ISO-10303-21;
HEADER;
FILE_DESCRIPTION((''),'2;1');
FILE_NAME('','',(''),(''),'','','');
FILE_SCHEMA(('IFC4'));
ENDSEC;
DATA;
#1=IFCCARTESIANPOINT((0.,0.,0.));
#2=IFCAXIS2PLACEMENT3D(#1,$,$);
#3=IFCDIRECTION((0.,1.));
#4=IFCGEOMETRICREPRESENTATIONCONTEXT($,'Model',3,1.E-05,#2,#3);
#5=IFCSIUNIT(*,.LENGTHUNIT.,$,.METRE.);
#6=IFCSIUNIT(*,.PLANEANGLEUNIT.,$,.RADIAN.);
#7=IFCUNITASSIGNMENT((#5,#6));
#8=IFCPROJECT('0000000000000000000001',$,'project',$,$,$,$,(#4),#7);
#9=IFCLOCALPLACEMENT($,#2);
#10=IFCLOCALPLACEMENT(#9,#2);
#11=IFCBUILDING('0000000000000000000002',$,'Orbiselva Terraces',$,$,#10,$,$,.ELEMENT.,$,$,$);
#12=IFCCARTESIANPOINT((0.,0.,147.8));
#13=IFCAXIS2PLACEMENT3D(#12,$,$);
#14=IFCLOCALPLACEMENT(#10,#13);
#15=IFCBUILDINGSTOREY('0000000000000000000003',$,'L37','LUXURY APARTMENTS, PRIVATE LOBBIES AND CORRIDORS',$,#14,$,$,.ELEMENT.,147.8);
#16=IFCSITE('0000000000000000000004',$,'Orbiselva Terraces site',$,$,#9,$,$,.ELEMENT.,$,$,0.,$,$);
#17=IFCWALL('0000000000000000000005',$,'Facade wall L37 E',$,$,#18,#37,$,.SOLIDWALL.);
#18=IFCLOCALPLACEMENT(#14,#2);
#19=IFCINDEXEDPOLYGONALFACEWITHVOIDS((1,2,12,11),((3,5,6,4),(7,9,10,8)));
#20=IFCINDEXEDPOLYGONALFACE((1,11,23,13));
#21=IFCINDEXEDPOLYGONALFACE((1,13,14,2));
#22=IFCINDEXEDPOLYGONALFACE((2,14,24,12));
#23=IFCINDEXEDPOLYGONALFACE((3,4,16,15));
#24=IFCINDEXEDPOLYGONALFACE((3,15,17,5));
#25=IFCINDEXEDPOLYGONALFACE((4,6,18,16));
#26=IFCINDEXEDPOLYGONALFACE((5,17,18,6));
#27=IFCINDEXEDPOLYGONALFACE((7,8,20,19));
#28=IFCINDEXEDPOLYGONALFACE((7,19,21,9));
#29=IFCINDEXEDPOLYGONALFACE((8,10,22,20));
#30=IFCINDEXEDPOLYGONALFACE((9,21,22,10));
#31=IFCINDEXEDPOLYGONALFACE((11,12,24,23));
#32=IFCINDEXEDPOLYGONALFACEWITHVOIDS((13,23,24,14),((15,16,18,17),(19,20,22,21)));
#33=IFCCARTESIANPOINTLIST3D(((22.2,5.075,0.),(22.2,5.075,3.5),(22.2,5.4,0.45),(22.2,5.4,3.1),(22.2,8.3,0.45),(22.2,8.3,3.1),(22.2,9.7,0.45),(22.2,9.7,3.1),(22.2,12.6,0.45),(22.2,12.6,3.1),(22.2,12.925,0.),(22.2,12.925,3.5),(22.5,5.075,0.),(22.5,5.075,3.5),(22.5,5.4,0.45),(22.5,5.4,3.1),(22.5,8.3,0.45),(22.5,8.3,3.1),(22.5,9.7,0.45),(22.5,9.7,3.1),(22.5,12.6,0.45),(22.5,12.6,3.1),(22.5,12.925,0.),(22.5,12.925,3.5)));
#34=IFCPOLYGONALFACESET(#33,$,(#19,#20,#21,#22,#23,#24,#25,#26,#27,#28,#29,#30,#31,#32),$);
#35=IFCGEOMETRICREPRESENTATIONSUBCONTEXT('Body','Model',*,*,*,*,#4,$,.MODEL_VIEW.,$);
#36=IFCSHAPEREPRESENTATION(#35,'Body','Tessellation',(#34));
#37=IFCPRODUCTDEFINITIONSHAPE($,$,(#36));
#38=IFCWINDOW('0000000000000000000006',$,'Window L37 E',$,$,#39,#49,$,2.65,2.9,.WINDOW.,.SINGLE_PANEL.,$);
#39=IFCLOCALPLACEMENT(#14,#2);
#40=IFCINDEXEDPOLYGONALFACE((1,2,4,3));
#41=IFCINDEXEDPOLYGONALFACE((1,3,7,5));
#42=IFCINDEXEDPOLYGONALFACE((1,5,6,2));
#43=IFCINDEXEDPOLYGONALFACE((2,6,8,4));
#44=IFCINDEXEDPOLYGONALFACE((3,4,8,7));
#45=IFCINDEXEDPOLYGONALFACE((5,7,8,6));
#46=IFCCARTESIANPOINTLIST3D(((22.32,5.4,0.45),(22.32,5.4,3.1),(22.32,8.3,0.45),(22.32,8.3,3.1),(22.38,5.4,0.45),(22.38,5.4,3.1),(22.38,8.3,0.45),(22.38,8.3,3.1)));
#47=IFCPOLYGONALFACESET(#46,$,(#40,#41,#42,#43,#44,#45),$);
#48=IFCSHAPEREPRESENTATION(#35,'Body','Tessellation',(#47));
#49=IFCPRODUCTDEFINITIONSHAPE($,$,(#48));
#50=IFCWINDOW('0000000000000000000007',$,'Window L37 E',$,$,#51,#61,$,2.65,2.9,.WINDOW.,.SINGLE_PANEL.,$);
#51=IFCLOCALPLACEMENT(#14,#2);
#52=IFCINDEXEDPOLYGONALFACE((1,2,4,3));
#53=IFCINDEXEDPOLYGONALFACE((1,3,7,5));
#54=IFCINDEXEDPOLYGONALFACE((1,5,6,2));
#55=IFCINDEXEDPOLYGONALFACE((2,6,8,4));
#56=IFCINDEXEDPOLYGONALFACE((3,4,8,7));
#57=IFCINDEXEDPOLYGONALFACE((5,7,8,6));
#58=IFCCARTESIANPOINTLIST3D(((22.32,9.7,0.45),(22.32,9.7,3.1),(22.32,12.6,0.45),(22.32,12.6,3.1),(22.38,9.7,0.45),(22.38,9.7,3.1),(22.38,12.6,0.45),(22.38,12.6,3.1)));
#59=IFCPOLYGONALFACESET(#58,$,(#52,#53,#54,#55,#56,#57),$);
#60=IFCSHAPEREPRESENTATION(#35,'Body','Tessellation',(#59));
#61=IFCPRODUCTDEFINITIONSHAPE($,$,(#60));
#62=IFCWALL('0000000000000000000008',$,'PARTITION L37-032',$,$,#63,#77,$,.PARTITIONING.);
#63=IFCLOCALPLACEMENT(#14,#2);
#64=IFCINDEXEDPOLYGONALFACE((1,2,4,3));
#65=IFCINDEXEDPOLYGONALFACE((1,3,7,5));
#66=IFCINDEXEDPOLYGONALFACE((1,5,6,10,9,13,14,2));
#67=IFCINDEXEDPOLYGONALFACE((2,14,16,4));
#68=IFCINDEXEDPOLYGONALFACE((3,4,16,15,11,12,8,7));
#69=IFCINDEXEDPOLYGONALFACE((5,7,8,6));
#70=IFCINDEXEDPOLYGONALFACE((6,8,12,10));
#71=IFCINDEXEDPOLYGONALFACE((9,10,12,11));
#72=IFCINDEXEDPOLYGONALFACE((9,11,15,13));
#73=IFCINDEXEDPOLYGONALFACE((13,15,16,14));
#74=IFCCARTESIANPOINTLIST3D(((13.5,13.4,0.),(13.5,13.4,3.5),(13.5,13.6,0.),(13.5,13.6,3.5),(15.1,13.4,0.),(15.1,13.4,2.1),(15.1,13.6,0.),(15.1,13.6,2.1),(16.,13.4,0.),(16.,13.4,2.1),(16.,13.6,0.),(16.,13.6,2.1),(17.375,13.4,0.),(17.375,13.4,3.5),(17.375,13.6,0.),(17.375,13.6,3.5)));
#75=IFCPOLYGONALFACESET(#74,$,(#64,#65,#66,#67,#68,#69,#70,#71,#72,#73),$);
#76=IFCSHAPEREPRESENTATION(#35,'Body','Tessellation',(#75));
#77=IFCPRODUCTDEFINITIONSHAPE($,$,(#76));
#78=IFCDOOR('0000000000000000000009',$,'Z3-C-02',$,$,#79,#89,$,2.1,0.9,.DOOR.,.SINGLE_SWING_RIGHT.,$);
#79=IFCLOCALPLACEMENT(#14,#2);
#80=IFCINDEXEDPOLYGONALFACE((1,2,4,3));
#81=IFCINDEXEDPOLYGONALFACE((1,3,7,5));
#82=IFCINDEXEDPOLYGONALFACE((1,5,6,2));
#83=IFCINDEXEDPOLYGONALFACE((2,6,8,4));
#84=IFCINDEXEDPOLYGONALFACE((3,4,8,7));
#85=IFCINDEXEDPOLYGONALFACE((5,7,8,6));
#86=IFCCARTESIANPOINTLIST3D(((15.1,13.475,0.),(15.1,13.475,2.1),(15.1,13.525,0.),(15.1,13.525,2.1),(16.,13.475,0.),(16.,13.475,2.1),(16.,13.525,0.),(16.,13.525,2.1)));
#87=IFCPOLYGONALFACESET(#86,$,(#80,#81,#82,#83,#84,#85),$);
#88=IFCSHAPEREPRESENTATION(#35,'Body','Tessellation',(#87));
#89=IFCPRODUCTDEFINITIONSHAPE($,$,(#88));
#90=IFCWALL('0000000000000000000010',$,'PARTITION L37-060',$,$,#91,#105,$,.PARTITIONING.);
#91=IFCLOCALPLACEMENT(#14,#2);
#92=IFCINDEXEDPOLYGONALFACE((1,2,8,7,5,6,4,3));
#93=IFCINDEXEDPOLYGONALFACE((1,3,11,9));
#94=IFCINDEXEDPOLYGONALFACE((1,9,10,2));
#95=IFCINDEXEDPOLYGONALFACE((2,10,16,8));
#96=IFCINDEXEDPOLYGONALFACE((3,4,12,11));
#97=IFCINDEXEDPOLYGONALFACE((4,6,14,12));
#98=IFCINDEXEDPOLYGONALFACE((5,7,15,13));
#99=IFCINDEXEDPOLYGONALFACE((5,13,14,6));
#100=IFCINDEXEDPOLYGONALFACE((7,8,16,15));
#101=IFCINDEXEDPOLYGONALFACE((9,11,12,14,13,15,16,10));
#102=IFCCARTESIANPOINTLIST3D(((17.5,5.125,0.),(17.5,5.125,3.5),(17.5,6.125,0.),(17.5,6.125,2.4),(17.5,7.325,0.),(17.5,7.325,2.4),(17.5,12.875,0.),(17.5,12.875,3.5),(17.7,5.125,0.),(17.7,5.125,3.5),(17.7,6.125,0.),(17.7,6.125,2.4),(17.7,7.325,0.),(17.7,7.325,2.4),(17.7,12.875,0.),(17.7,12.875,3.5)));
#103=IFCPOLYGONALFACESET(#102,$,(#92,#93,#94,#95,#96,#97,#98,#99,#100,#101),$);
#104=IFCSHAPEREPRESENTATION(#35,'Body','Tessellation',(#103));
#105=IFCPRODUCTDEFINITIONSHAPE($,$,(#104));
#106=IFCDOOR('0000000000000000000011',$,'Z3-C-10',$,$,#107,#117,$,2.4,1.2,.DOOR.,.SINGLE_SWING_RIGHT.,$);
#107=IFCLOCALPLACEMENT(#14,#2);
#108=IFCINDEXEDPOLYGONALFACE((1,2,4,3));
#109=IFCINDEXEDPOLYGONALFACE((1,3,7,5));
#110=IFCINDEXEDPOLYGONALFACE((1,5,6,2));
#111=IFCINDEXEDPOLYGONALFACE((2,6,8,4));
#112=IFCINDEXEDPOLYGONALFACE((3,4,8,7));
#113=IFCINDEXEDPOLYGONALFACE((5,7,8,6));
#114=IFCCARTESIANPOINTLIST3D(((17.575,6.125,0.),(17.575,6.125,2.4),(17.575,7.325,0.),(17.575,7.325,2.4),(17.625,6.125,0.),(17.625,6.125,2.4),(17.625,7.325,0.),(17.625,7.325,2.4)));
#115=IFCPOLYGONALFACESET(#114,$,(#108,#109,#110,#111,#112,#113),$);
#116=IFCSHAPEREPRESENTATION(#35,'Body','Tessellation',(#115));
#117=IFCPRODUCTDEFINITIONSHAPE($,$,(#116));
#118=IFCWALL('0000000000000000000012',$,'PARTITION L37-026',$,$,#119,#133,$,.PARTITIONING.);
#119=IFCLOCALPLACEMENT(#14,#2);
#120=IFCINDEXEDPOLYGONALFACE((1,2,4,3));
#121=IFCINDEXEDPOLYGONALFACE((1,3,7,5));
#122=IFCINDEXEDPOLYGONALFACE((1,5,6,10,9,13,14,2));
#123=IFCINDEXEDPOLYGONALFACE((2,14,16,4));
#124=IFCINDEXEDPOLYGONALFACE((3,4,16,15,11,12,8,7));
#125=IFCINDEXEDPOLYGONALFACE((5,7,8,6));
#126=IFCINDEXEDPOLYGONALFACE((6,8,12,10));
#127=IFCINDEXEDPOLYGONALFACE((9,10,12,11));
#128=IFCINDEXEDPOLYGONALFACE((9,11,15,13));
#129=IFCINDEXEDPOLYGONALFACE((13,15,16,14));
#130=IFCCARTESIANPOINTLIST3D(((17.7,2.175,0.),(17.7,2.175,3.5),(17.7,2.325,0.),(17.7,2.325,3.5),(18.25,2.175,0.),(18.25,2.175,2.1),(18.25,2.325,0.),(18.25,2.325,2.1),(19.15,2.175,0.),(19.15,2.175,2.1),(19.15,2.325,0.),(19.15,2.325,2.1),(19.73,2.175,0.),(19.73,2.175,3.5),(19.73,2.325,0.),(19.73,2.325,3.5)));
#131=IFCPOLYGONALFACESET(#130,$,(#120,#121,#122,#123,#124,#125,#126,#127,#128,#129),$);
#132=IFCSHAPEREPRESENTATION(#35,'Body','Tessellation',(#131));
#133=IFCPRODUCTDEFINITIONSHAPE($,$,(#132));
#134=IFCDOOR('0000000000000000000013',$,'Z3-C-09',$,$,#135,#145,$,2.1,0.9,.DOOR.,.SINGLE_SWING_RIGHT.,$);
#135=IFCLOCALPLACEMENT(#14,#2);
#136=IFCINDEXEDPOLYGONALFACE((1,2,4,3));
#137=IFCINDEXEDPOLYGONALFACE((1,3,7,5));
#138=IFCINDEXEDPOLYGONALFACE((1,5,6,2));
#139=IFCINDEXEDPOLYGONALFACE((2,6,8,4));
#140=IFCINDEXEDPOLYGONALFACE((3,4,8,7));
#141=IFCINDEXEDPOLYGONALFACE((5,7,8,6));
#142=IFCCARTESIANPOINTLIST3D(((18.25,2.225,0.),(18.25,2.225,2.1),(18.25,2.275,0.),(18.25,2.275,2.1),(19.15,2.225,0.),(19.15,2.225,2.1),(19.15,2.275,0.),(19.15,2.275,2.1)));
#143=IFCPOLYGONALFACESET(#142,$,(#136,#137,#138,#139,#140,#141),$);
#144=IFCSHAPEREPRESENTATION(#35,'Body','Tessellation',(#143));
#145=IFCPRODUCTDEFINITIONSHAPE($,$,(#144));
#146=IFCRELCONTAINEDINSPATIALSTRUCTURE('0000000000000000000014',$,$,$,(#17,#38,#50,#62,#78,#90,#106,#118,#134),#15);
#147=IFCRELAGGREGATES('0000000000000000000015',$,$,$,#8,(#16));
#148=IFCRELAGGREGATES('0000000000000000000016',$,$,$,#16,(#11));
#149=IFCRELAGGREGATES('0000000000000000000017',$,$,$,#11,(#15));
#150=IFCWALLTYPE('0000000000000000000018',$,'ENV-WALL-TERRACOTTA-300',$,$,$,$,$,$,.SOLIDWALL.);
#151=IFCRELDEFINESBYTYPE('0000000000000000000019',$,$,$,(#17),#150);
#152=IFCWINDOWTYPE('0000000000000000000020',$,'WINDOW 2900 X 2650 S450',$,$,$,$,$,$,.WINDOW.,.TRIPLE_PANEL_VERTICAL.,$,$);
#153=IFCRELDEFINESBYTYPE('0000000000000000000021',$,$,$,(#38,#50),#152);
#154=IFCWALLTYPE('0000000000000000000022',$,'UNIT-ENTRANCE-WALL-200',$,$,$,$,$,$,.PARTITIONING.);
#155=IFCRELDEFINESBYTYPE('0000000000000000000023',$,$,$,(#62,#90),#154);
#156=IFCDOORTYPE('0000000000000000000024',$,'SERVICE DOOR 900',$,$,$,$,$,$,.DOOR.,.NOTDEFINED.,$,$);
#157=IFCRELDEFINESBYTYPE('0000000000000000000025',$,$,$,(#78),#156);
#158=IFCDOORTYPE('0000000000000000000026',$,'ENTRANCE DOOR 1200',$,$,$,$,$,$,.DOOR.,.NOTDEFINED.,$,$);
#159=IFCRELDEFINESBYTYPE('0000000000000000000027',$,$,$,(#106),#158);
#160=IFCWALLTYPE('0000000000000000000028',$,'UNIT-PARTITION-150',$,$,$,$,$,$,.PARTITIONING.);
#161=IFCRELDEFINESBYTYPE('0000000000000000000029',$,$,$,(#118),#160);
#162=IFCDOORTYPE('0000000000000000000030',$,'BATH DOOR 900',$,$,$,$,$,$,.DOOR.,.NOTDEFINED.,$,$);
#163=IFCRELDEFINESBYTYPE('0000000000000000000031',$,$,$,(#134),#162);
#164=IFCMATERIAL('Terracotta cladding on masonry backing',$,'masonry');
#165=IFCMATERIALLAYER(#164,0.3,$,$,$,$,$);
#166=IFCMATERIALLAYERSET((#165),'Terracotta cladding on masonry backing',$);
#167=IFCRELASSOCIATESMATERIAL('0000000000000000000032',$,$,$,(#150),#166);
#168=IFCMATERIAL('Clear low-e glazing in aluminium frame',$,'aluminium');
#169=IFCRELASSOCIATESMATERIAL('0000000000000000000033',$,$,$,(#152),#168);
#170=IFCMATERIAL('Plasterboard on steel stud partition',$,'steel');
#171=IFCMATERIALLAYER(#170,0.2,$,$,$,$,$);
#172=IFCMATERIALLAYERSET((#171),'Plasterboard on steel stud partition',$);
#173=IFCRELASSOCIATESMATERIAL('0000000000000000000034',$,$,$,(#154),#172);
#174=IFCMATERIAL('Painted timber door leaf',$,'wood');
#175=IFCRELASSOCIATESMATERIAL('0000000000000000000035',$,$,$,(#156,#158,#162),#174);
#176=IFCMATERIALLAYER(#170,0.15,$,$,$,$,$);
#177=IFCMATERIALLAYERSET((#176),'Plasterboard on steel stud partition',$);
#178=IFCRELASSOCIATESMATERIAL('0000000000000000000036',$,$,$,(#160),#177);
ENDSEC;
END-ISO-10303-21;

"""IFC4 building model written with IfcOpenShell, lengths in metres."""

from ifc_helpers import new_model, si_unit, direction, frame, frame_2d, origin, place, context, subcontext, project, spatial, rectangle, extrude, material, layer, layer_set, type_object, element, fill, save


model = new_model("IFC4")

# Units and contexts
model_context = context("Model", 3, precision=1e-05, world=origin(), true_north=direction((0.0, 1.0)))
body_context = subcontext(model_context, "Body", "Model", "MODEL_VIEW")
ifc_project = project(units=[si_unit("LENGTHUNIT", "METRE"), si_unit("PLANEANGLEUNIT", "RADIAN")], contexts=[model_context])

# Site, building, storey
site_placement = place(None, origin())
site = spatial("IfcSite", under=ifc_project, at=site_placement, Name="Orbiselva Terraces site", CompositionType="ELEMENT", RefElevation=0.0)
building_placement = place(site_placement, origin())
building = spatial("IfcBuilding", under=site, at=building_placement, Name="Orbiselva Terraces", CompositionType="ELEMENT")
storey_placement = place(building_placement, frame((0.0, 0.0, 147.8)))
storey = spatial("IfcBuildingStorey", under=building, at=storey_placement, Name="L37", Description="LUXURY APARTMENTS, PRIVATE LOBBIES AND CORRIDORS", CompositionType="ELEMENT", Elevation=147.8)

# Shared definitions
ifc_material_1 = material(Name="Terracotta cladding on masonry backing", Category="masonry")
ifc_layer_1 = layer(ifc_material_1, 0.3)
ifc_layer_set_1 = layer_set([ifc_layer_1], Name="Terracotta cladding on masonry backing")
wall_type_1 = type_object("IfcWallType", Name="ENV-WALL-TERRACOTTA-300", PredefinedType="SOLIDWALL", material=ifc_layer_set_1)
ifc_material_2 = material(Name="Clear low-e glazing in aluminium frame", Category="aluminium")
window_type = type_object("IfcWindowType", Name="WINDOW 2900 X 2650 S450", PartitioningType="TRIPLE_PANEL_VERTICAL", PredefinedType="WINDOW", material=ifc_material_2)

# Wall, openings, windows
wall_1_placement = place(storey_placement, frame((22.35, 12.925, 0.0), z_axis=(0.0, 0.0, 1.0), x_axis=(0.0, -1.0, 0.0)))
wall_1 = element("IfcWall", 1, at=wall_1_placement, inside=storey, type_object=wall_type_1, Name="Facade wall L37 E", PredefinedType="SOLIDWALL", context=body_context, shape_type="SweptSolid", body=[
    extrude(rectangle(XDim=7.85, YDim=0.3, at=frame_2d((3.925, 0.0))), origin(), (0.0, 0.0, 1.0), 3.5),
])
opening_1_placement = place(wall_1_placement, frame((4.625, 0.0, 0.45)))
opening_1 = element("IfcOpeningElement", 2, at=opening_1_placement, cuts=wall_1, PredefinedType="OPENING", context=body_context, shape_type="SweptSolid", body=[
    extrude(rectangle(XDim=2.9, YDim=2.65, at=frame_2d((1.45, 1.325))), frame((0.0, 0.16, 0.0), z_axis=(0.0, -1.0, 0.0), x_axis=(1.0, 0.0, 0.0)), (0.0, 0.0, 1.0), 0.32),
])
opening_2_placement = place(wall_1_placement, frame((0.325, 0.0, 0.45)))
opening_2 = element("IfcOpeningElement", 3, at=opening_2_placement, cuts=wall_1, PredefinedType="OPENING", context=body_context, shape_type="SweptSolid", body=[
    extrude(rectangle(XDim=2.9, YDim=2.65, at=frame_2d((1.45, 1.325))), frame((0.0, 0.16, 0.0), z_axis=(0.0, -1.0, 0.0), x_axis=(1.0, 0.0, 0.0)), (0.0, 0.0, 1.0), 0.32),
])
window_1_placement = place(opening_1_placement, origin())
window_1 = element("IfcWindow", 4, at=window_1_placement, inside=storey, type_object=window_type, Name="Window L37 E", OverallHeight=2.65, OverallWidth=2.9, PartitioningType="SINGLE_PANEL", PredefinedType="WINDOW", context=body_context, shape_type="SweptSolid", body=[
    extrude(rectangle(XDim=2.9, YDim=2.65, at=frame_2d((1.45, 1.325))), frame((0.0, 0.03, 0.0), z_axis=(0.0, -1.0, 0.0), x_axis=(1.0, 0.0, 0.0)), (0.0, 0.0, 1.0), 0.06),
])
fill(opening_1, window_1)
window_2_placement = place(opening_2_placement, origin())
window_2 = element("IfcWindow", 5, at=window_2_placement, inside=storey, type_object=window_type, Name="Window L37 E", OverallHeight=2.65, OverallWidth=2.9, PartitioningType="SINGLE_PANEL", PredefinedType="WINDOW", context=body_context, shape_type="SweptSolid", body=[
    extrude(rectangle(XDim=2.9, YDim=2.65, at=frame_2d((1.45, 1.325))), frame((0.0, 0.03, 0.0), z_axis=(0.0, -1.0, 0.0), x_axis=(1.0, 0.0, 0.0)), (0.0, 0.0, 1.0), 0.06),
])
fill(opening_2, window_2)

# Walls, openings, doors
ifc_material_3 = material(Name="Plasterboard on steel stud partition", Category="steel")
ifc_layer_2 = layer(ifc_material_3, 0.2)
ifc_layer_set_2 = layer_set([ifc_layer_2], Name="Plasterboard on steel stud partition")
wall_type_2 = type_object("IfcWallType", Name="UNIT-ENTRANCE-WALL-200", PredefinedType="PARTITIONING", material=ifc_layer_set_2)
wall_2_placement = place(storey_placement, frame((13.5, 13.5, 0.0), z_axis=(0.0, 0.0, 1.0), x_axis=(1.0, 0.0, 0.0)))
wall_2 = element("IfcWall", 6, at=wall_2_placement, inside=storey, type_object=wall_type_2, Name="PARTITION L37-032", PredefinedType="PARTITIONING", context=body_context, shape_type="SweptSolid", body=[
    extrude(rectangle(XDim=3.875, YDim=0.2, at=frame_2d((1.9375, 0.0))), origin(), (0.0, 0.0, 1.0), 3.5),
])
opening_3_placement = place(wall_2_placement, frame((1.6, 0.0, 0.0)))
opening_3 = element("IfcOpeningElement", 7, at=opening_3_placement, cuts=wall_2, PredefinedType="OPENING", context=body_context, shape_type="SweptSolid", body=[
    extrude(rectangle(XDim=0.9, YDim=2.1, at=frame_2d((0.45, 1.05))), frame((0.0, 0.11, 0.0), z_axis=(0.0, -1.0, 0.0), x_axis=(1.0, 0.0, 0.0)), (0.0, 0.0, 1.0), 0.22),
])
ifc_material_4 = material(Name="Painted timber door leaf", Category="wood")
door_type_1 = type_object("IfcDoorType", Name="SERVICE DOOR 900", OperationType="NOTDEFINED", PredefinedType="DOOR", material=ifc_material_4)
door_1_placement = place(opening_3_placement, origin())
door_1 = element("IfcDoor", 8, at=door_1_placement, inside=storey, type_object=door_type_1, Name="Z3-C-02", OperationType="SINGLE_SWING_RIGHT", OverallHeight=2.1, OverallWidth=0.9, PredefinedType="DOOR", context=body_context, shape_type="SweptSolid", body=[
    extrude(rectangle(XDim=0.9, YDim=2.1, at=frame_2d((0.45, 1.05))), frame((0.0, 0.025, 0.0), z_axis=(0.0, -1.0, 0.0), x_axis=(1.0, 0.0, 0.0)), (0.0, 0.0, 1.0), 0.05),
])
fill(opening_3, door_1)
wall_3_placement = place(storey_placement, frame((17.6, 12.875, 0.0), z_axis=(0.0, 0.0, 1.0), x_axis=(0.0, -1.0, 0.0)))
wall_3 = element("IfcWall", 9, at=wall_3_placement, inside=storey, type_object=wall_type_2, Name="PARTITION L37-060", PredefinedType="PARTITIONING", context=body_context, shape_type="SweptSolid", body=[
    extrude(rectangle(XDim=7.75, YDim=0.2, at=frame_2d((3.875, 0.0))), origin(), (0.0, 0.0, 1.0), 3.5),
])
opening_4_placement = place(wall_3_placement, frame((5.55, 0.0, 0.0)))
opening_4 = element("IfcOpeningElement", 10, at=opening_4_placement, cuts=wall_3, PredefinedType="OPENING", context=body_context, shape_type="SweptSolid", body=[
    extrude(rectangle(XDim=1.2, YDim=2.4, at=frame_2d((0.6, 1.2))), frame((0.0, 0.11, 0.0), z_axis=(0.0, -1.0, 0.0), x_axis=(1.0, 0.0, 0.0)), (0.0, 0.0, 1.0), 0.22),
])
door_type_2 = type_object("IfcDoorType", Name="ENTRANCE DOOR 1200", OperationType="NOTDEFINED", PredefinedType="DOOR", material=ifc_material_4)
door_2_placement = place(opening_4_placement, origin())
door_2 = element("IfcDoor", 11, at=door_2_placement, inside=storey, type_object=door_type_2, Name="Z3-C-10", OperationType="SINGLE_SWING_RIGHT", OverallHeight=2.4, OverallWidth=1.2, PredefinedType="DOOR", context=body_context, shape_type="SweptSolid", body=[
    extrude(rectangle(XDim=1.2, YDim=2.4, at=frame_2d((0.6, 1.2))), frame((0.0, 0.025, 0.0), z_axis=(0.0, -1.0, 0.0), x_axis=(1.0, 0.0, 0.0)), (0.0, 0.0, 1.0), 0.05),
])
fill(opening_4, door_2)
ifc_layer_3 = layer(ifc_material_3, 0.15)
ifc_layer_set_3 = layer_set([ifc_layer_3], Name="Plasterboard on steel stud partition")
wall_type_3 = type_object("IfcWallType", Name="UNIT-PARTITION-150", PredefinedType="PARTITIONING", material=ifc_layer_set_3)
wall_4_placement = place(storey_placement, frame((19.73, 2.25, 0.0), z_axis=(0.0, 0.0, 1.0), x_axis=(-1.0, 0.0, 0.0)))
wall_4 = element("IfcWall", 12, at=wall_4_placement, inside=storey, type_object=wall_type_3, Name="PARTITION L37-026", PredefinedType="PARTITIONING", context=body_context, shape_type="SweptSolid", body=[
    extrude(rectangle(XDim=2.03, YDim=0.15, at=frame_2d((1.015, 0.0))), origin(), (0.0, 0.0, 1.0), 3.5),
])
opening_5_placement = place(wall_4_placement, frame((0.58, 0.0, 0.0)))
opening_5 = element("IfcOpeningElement", 13, at=opening_5_placement, cuts=wall_4, PredefinedType="OPENING", context=body_context, shape_type="SweptSolid", body=[
    extrude(rectangle(XDim=0.9, YDim=2.1, at=frame_2d((0.45, 1.05))), frame((0.0, 0.085, 0.0), z_axis=(0.0, -1.0, 0.0), x_axis=(1.0, 0.0, 0.0)), (0.0, 0.0, 1.0), 0.17),
])
door_type_3 = type_object("IfcDoorType", Name="BATH DOOR 900", OperationType="NOTDEFINED", PredefinedType="DOOR", material=ifc_material_4)
door_3_placement = place(opening_5_placement, origin())
door_3 = element("IfcDoor", 14, at=door_3_placement, inside=storey, type_object=door_type_3, Name="Z3-C-09", OperationType="SINGLE_SWING_RIGHT", OverallHeight=2.1, OverallWidth=0.9, PredefinedType="DOOR", context=body_context, shape_type="SweptSolid", body=[
    extrude(rectangle(XDim=0.9, YDim=2.1, at=frame_2d((0.45, 1.05))), frame((0.0, 0.025, 0.0), z_axis=(0.0, -1.0, 0.0), x_axis=(1.0, 0.0, 0.0)), (0.0, 0.0, 1.0), 0.05),
])
fill(opening_5, door_3)

save(model, "model.ifc")
